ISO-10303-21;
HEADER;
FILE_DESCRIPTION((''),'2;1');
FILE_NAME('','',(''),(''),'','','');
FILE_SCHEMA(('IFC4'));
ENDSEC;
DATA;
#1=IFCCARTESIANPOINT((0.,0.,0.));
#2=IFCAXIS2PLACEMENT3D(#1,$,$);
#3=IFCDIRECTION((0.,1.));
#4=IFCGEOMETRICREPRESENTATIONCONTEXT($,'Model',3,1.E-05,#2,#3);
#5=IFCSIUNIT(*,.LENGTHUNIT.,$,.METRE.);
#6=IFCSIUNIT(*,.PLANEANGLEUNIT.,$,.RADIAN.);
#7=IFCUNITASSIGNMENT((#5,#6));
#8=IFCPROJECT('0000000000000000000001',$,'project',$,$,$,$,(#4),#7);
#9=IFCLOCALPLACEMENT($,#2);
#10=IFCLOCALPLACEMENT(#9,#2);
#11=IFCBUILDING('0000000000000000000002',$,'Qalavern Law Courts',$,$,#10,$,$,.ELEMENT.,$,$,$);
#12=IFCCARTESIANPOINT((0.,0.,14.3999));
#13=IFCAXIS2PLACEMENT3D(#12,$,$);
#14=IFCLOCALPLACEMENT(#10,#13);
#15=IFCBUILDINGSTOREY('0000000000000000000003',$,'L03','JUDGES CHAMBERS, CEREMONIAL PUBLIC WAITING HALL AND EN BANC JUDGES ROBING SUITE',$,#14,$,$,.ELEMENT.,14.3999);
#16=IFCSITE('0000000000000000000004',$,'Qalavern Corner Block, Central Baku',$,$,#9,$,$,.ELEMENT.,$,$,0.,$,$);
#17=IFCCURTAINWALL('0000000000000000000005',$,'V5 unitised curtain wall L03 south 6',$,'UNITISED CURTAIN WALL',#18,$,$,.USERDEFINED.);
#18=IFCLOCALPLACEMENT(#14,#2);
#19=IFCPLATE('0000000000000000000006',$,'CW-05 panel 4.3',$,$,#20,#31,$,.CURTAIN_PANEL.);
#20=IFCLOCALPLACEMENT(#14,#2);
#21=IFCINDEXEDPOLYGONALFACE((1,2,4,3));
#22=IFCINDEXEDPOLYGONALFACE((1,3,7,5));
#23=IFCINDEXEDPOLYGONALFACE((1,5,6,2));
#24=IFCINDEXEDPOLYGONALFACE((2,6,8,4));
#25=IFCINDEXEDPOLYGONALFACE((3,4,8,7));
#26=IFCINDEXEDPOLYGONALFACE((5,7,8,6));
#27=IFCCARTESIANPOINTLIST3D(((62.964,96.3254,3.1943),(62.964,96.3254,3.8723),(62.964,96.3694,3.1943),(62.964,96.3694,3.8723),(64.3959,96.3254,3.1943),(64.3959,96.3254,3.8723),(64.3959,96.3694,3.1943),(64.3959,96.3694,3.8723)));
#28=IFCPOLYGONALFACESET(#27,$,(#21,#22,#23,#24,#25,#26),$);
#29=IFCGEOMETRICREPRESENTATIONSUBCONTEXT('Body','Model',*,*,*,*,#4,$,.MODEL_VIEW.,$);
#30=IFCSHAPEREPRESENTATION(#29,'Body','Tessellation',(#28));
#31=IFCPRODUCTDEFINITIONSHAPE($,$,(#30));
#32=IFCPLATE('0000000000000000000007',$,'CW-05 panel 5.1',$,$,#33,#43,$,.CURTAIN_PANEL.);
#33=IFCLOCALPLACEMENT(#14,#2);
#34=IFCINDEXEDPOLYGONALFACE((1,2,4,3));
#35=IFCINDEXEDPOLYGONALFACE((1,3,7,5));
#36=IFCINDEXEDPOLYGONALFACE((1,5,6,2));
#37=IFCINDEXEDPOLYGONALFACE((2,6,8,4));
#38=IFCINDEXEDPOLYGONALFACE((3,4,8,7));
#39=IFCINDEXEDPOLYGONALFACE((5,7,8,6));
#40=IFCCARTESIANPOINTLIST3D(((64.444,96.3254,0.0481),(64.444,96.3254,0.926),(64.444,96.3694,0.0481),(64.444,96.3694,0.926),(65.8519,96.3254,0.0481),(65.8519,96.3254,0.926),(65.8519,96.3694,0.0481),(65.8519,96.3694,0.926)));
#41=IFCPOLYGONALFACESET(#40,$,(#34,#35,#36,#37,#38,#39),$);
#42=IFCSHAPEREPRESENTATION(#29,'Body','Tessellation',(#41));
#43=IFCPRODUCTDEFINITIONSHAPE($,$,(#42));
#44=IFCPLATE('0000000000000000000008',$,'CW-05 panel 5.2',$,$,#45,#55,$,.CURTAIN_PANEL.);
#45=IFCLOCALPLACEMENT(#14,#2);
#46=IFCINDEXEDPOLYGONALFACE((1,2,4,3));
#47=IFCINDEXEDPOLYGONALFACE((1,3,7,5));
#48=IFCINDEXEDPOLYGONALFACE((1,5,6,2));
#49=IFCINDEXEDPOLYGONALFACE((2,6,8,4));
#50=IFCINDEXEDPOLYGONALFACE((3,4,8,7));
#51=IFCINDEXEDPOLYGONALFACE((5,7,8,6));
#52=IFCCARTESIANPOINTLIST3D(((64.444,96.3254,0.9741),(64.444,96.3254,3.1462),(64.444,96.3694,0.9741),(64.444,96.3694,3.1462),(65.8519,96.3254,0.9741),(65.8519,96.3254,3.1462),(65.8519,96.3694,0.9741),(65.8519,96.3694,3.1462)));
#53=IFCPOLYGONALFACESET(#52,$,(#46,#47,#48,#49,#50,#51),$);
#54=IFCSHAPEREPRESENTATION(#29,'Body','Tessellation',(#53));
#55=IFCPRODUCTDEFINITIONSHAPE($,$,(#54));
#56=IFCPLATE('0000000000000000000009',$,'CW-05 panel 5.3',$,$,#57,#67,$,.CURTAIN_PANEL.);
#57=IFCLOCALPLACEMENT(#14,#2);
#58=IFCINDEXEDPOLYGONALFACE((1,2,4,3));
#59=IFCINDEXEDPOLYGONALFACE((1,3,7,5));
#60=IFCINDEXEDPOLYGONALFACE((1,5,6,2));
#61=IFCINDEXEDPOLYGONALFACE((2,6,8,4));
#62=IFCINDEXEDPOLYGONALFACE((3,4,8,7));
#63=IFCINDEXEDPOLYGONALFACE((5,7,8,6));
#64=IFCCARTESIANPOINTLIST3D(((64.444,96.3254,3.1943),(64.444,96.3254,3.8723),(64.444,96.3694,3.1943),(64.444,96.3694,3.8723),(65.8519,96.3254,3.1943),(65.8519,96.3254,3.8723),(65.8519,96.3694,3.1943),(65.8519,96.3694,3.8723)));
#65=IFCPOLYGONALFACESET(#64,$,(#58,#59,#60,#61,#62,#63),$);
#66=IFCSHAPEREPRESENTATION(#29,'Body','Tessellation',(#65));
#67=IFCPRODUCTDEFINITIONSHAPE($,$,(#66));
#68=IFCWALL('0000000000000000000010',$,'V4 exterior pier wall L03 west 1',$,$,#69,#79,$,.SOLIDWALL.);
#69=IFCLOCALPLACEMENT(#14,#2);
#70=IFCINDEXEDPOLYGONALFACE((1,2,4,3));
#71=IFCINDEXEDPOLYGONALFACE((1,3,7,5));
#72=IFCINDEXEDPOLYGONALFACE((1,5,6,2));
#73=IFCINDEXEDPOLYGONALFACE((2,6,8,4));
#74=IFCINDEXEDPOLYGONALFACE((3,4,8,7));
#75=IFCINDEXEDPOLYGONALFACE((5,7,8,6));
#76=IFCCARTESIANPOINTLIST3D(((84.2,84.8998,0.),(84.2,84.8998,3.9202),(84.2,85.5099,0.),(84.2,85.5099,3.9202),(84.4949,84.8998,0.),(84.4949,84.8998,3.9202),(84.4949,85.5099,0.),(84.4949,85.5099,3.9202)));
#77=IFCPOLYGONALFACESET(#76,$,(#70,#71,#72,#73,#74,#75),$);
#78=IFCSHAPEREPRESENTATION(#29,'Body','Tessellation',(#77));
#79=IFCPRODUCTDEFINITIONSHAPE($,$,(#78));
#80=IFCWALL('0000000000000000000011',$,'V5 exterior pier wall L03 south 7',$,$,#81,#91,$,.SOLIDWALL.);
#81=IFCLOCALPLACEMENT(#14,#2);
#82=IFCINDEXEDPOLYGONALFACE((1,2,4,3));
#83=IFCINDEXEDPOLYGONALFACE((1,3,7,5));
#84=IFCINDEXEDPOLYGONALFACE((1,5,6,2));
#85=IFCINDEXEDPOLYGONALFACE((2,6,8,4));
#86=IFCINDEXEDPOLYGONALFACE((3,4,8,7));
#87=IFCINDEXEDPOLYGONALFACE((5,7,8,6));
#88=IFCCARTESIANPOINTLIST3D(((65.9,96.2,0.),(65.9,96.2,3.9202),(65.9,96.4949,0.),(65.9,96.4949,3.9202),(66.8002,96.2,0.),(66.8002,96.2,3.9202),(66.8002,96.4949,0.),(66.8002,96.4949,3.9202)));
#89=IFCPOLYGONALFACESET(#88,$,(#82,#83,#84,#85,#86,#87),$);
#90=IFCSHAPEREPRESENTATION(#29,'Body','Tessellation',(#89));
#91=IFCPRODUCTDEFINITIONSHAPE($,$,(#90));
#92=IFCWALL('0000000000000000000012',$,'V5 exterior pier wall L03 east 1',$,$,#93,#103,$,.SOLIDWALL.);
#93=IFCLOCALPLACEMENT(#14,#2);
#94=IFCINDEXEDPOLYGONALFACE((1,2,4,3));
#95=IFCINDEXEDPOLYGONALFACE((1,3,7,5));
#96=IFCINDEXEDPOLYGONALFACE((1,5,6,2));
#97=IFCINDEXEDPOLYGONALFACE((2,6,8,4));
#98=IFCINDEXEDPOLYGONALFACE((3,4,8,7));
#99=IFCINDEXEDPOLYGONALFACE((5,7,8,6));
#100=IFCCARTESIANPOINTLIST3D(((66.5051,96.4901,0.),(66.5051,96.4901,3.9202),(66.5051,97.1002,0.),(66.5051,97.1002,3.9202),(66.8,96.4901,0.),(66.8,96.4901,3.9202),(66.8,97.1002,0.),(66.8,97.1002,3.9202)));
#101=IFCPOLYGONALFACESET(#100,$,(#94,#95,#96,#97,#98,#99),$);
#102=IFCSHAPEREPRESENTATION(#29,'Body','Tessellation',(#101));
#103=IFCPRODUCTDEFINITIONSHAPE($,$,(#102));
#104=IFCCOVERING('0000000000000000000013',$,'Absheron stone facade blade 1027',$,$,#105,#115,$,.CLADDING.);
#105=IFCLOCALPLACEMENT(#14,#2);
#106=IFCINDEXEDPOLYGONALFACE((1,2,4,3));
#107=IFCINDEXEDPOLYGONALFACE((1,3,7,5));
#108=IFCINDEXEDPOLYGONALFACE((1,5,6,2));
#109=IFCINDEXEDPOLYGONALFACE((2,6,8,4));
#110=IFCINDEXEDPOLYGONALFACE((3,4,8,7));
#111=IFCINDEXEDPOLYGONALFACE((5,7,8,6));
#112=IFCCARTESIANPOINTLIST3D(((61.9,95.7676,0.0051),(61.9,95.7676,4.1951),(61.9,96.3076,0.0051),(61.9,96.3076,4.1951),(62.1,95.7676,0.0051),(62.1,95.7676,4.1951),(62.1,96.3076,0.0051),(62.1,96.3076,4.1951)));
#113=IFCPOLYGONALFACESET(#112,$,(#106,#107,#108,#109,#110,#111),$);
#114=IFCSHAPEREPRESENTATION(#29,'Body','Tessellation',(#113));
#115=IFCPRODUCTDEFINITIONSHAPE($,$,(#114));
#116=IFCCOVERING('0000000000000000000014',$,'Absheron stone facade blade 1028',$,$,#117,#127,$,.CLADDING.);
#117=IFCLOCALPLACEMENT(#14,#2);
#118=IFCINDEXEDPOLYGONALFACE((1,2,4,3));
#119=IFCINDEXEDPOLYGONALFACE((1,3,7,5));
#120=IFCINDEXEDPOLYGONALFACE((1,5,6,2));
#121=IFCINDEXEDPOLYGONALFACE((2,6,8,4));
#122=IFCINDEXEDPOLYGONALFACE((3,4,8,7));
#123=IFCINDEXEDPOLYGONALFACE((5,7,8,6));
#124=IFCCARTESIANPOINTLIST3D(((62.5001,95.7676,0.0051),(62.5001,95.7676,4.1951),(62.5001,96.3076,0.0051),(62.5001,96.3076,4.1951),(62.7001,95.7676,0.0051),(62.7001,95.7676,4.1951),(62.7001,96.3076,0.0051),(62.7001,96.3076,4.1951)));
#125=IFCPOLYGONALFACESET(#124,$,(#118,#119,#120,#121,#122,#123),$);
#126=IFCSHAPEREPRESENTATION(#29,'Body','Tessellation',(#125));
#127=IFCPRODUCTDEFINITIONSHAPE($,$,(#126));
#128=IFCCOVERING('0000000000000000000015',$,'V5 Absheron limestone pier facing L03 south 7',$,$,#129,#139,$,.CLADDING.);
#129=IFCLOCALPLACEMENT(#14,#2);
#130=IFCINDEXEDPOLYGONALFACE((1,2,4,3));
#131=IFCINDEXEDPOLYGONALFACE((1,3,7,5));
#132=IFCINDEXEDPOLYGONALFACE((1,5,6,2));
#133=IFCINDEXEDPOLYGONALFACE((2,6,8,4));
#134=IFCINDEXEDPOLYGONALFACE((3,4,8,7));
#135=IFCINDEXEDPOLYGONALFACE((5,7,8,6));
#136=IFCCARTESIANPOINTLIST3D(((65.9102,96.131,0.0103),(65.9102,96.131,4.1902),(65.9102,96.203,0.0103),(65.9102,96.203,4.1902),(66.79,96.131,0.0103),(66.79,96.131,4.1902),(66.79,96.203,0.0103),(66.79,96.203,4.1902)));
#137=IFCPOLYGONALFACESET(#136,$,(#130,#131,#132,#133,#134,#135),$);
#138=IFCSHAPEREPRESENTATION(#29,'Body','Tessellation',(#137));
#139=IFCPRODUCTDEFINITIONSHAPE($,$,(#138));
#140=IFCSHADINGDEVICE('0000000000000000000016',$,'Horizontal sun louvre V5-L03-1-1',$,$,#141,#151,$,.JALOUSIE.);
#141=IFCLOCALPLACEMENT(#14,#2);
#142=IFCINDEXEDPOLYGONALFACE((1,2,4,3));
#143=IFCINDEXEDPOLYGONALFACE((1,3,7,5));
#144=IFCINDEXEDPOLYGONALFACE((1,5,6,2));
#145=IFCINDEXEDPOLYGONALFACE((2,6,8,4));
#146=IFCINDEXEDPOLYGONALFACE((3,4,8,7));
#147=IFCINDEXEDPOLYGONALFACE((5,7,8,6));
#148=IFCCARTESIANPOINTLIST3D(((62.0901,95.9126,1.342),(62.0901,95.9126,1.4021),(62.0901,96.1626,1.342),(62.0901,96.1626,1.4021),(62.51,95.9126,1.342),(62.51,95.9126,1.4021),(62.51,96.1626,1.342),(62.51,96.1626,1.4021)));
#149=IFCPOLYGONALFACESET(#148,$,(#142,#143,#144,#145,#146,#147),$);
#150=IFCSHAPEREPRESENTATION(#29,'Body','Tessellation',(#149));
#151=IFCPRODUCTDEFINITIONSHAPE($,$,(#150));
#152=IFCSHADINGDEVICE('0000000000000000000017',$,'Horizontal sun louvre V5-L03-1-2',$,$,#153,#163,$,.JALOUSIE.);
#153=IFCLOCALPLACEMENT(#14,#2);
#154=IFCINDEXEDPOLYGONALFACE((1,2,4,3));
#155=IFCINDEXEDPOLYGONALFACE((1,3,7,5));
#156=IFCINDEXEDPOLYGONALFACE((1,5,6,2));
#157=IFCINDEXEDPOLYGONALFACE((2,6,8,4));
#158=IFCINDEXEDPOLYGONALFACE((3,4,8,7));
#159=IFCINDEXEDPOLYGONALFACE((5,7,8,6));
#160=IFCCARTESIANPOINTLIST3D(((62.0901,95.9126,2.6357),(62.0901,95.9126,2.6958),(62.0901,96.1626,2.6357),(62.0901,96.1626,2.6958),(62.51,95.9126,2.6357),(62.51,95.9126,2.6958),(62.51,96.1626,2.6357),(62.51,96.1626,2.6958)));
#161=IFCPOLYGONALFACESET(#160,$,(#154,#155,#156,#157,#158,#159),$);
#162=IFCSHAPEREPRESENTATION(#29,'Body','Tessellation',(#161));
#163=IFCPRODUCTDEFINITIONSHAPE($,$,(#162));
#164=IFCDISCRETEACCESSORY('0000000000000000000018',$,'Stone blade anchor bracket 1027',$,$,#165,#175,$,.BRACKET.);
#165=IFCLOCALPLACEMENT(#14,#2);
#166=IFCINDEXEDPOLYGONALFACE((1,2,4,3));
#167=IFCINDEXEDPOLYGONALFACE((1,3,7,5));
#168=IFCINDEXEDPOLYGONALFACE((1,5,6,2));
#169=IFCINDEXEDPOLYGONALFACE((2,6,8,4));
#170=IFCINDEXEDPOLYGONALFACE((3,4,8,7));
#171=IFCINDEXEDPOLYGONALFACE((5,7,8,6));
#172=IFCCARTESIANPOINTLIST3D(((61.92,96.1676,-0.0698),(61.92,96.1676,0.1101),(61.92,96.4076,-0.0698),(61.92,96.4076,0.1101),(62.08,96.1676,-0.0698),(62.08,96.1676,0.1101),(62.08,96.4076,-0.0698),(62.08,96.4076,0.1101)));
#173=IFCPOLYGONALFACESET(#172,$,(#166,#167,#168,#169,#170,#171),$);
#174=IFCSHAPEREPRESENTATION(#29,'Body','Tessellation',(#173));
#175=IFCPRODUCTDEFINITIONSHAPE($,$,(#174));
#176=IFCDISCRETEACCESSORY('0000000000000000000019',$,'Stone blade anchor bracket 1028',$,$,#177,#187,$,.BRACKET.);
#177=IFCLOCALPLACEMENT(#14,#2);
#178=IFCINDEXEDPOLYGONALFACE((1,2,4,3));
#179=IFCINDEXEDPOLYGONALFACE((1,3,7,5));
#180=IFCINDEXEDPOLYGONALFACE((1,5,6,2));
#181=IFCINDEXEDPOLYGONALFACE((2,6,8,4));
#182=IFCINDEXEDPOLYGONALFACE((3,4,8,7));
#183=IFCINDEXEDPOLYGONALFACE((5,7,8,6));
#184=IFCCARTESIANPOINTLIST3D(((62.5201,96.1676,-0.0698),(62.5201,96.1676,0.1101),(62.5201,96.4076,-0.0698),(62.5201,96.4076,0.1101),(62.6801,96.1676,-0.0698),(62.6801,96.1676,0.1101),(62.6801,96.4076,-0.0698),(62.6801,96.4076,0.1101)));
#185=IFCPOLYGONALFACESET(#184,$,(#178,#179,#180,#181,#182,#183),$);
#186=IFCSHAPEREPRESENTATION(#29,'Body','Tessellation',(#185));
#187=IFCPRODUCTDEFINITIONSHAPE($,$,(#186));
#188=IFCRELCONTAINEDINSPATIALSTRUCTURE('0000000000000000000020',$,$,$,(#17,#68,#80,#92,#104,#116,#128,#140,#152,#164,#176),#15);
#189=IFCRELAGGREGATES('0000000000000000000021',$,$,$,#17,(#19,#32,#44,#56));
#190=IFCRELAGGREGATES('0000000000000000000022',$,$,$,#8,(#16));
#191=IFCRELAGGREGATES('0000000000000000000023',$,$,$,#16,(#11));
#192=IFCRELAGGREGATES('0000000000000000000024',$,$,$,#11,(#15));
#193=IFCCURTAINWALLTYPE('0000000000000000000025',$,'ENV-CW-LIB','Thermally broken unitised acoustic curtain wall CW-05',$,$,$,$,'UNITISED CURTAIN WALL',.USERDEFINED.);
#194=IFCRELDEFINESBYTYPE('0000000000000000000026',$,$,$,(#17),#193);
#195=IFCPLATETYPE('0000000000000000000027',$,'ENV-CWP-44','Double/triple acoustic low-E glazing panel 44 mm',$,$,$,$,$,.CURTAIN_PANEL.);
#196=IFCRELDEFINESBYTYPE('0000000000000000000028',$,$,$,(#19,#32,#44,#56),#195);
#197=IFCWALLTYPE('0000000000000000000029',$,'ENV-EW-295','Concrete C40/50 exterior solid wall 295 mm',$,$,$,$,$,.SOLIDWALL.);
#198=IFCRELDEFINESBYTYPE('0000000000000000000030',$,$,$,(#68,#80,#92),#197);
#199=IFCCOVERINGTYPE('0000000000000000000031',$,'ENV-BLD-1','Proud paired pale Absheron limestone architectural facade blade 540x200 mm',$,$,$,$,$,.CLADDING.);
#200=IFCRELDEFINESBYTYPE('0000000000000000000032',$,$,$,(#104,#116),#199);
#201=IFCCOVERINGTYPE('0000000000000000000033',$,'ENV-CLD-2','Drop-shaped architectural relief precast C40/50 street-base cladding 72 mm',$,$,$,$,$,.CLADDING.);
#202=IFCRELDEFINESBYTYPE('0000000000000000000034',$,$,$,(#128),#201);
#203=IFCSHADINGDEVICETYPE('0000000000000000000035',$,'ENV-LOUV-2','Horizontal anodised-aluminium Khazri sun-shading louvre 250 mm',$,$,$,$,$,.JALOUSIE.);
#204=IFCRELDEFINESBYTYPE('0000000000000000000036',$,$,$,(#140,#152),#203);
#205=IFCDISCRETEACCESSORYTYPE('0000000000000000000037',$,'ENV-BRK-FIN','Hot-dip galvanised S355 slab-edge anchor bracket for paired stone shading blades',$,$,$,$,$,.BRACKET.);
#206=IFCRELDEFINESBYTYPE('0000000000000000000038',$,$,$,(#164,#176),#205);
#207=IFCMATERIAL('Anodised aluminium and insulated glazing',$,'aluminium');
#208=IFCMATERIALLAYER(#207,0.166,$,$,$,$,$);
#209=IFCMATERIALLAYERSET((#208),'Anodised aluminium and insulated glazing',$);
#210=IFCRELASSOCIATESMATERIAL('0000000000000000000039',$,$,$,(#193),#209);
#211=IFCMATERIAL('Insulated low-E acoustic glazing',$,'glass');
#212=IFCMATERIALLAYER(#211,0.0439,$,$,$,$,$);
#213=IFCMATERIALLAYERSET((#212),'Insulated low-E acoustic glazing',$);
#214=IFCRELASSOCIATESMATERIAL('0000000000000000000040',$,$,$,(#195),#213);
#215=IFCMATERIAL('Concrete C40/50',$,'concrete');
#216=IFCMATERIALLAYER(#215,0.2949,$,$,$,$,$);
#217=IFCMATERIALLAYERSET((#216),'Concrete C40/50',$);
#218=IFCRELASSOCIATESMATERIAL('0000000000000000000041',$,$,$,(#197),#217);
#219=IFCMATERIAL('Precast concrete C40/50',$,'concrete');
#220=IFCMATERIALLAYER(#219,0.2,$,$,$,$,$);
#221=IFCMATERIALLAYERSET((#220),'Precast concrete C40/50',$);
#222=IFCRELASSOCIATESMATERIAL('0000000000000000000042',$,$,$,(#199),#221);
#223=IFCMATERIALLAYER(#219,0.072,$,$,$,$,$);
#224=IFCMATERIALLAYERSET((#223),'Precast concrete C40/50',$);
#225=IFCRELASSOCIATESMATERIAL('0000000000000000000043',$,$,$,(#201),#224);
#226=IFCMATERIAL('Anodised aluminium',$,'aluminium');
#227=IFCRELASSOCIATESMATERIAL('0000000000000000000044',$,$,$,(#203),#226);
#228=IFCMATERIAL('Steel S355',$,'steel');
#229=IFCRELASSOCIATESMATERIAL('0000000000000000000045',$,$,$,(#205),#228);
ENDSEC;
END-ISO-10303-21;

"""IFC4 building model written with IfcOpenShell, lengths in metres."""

from ifc_helpers import new_model, si_unit, direction, frame, frame_2d, origin, origin_2d, place, context, subcontext, project, spatial, rectangle, extrude, material, layer, layer_set, type_object, element, aggregate, save


model = new_model("IFC4")

# Units and contexts
model_context = context("Model", 3, precision=1e-05, world=origin(), true_north=direction((0.0, 1.0)))
body_context = subcontext(model_context, "Body", "Model", "MODEL_VIEW")
ifc_project = project(units=[si_unit("LENGTHUNIT", "METRE"), si_unit("PLANEANGLEUNIT", "RADIAN")], contexts=[model_context])

# Site, building, storey
site_placement = place(None, origin())
site = spatial("IfcSite", under=ifc_project, at=site_placement, Name="Qalavern Corner Block, Central Baku", CompositionType="ELEMENT", RefElevation=0.0)
building_placement = place(site_placement, origin())
building = spatial("IfcBuilding", under=site, at=building_placement, Name="Qalavern Law Courts", CompositionType="ELEMENT")
storey_placement = place(building_placement, frame((0.0, 0.0, 14.3999)))
storey = spatial("IfcBuildingStorey", under=building, at=storey_placement, Name="L03", Description="JUDGES CHAMBERS, CEREMONIAL PUBLIC WAITING HALL AND EN BANC JUDGES ROBING SUITE", CompositionType="ELEMENT", Elevation=14.3999)

# Curtain wall, plates
ifc_material_1 = material(Name="Anodised aluminium and insulated glazing", Category="aluminium")
ifc_layer_1 = layer(ifc_material_1, 0.166)
ifc_layer_set_1 = layer_set([ifc_layer_1], Name="Anodised aluminium and insulated glazing")
curtain_wall_type = type_object("IfcCurtainWallType", Name="ENV-CW-LIB", Description="Thermally broken unitised acoustic curtain wall CW-05", ElementType="UNITISED CURTAIN WALL", PredefinedType="USERDEFINED", material=ifc_layer_set_1)
curtain_wall_placement = place(storey_placement, origin())
curtain_wall = element("IfcCurtainWall", 1, at=curtain_wall_placement, inside=storey, type_object=curtain_wall_type, Name="V5 unitised curtain wall L03 south 6", ObjectType="UNITISED CURTAIN WALL", PredefinedType="USERDEFINED")
ifc_material_2 = material(Name="Anodised aluminium", Category="aluminium")
ifc_material_3 = material(Name="Insulated low-E acoustic glazing", Category="glass")
ifc_layer_2 = layer(ifc_material_3, 0.0439)
ifc_layer_set_2 = layer_set([ifc_layer_2], Name="Insulated low-E acoustic glazing")
plate_type = type_object("IfcPlateType", Name="ENV-CWP-44", Description="Double/triple acoustic low-E glazing panel 44 mm", PredefinedType="CURTAIN_PANEL", material=ifc_layer_set_2)
plate_1_placement = place(storey_placement, frame((63.6799, 96.3474, 3.1943), z_axis=(0.0, 0.0, 1.0), x_axis=(1.0, 0.0, 0.0)))
plate_1 = element("IfcPlate", 2, at=plate_1_placement, type_object=plate_type, Name="CW-05 panel 4.3", PredefinedType="CURTAIN_PANEL", context=body_context, shape_type="SweptSolid", body=[
    extrude(rectangle(XDim=1.4319, YDim=0.0439, at=origin_2d()), origin(), (0.0, 0.0, 1.0), 0.678),
])
plate_2_placement = place(storey_placement, frame((65.1479, 96.3474, 0.0481), z_axis=(0.0, 0.0, 1.0), x_axis=(1.0, 0.0, 0.0)))
plate_2 = element("IfcPlate", 3, at=plate_2_placement, type_object=plate_type, Name="CW-05 panel 5.1", PredefinedType="CURTAIN_PANEL", context=body_context, shape_type="SweptSolid", body=[
    extrude(rectangle(XDim=1.408, YDim=0.0439, at=origin_2d()), origin(), (0.0, 0.0, 1.0), 0.8779),
])
plate_3_placement = place(storey_placement, frame((65.1479, 96.3474, 0.9741), z_axis=(0.0, 0.0, 1.0), x_axis=(1.0, 0.0, 0.0)))
plate_3 = element("IfcPlate", 4, at=plate_3_placement, type_object=plate_type, Name="CW-05 panel 5.2", PredefinedType="CURTAIN_PANEL", context=body_context, shape_type="SweptSolid", body=[
    extrude(rectangle(XDim=1.408, YDim=0.0439, at=origin_2d()), origin(), (0.0, 0.0, 1.0), 2.1721),
])
plate_4_placement = place(storey_placement, frame((65.1479, 96.3474, 3.1943), z_axis=(0.0, 0.0, 1.0), x_axis=(1.0, 0.0, 0.0)))
plate_4 = element("IfcPlate", 5, at=plate_4_placement, type_object=plate_type, Name="CW-05 panel 5.3", PredefinedType="CURTAIN_PANEL", context=body_context, shape_type="SweptSolid", body=[
    extrude(rectangle(XDim=1.408, YDim=0.0439, at=origin_2d()), origin(), (0.0, 0.0, 1.0), 0.678),
])
aggregate(curtain_wall, [plate_1, plate_2, plate_3, plate_4])

# Walls
ifc_material_4 = material(Name="Concrete C40/50", Category="concrete")
ifc_layer_3 = layer(ifc_material_4, 0.2949)
ifc_layer_set_3 = layer_set([ifc_layer_3], Name="Concrete C40/50")
wall_type = type_object("IfcWallType", Name="ENV-EW-295", Description="Concrete C40/50 exterior solid wall 295 mm", PredefinedType="SOLIDWALL", material=ifc_layer_set_3)
wall_1_placement = place(storey_placement, frame((84.3474, 85.51, 0.0), z_axis=(0.0, 0.0, 1.0), x_axis=(0.0, -1.0, 0.0)))
element("IfcWall", 6, at=wall_1_placement, inside=storey, type_object=wall_type, Name="V4 exterior pier wall L03 west 1", PredefinedType="SOLIDWALL", context=body_context, shape_type="SweptSolid", body=[
    extrude(rectangle(XDim=0.6101, YDim=0.2949, at=frame_2d((0.3052, 0.0))), origin(), (0.0, 0.0, 1.0), 3.9202),
])
wall_2_placement = place(storey_placement, frame((65.8999, 96.3474, 0.0), z_axis=(0.0, 0.0, 1.0), x_axis=(1.0, 0.0, 0.0)))
element("IfcWall", 7, at=wall_2_placement, inside=storey, type_object=wall_type, Name="V5 exterior pier wall L03 south 7", PredefinedType="SOLIDWALL", context=body_context, shape_type="SweptSolid", body=[
    extrude(rectangle(XDim=0.9001, YDim=0.2949, at=frame_2d((0.4502, 0.0))), origin(), (0.0, 0.0, 1.0), 3.9202),
])
wall_3_placement = place(storey_placement, frame((66.6526, 96.49, 0.0), z_axis=(0.0, 0.0, 1.0), x_axis=(0.0, 1.0, 0.0)))
element("IfcWall", 8, at=wall_3_placement, inside=storey, type_object=wall_type, Name="V5 exterior pier wall L03 east 1", PredefinedType="SOLIDWALL", context=body_context, shape_type="SweptSolid", body=[
    extrude(rectangle(XDim=0.6101, YDim=0.2949, at=frame_2d((0.3052, 0.0))), origin(), (0.0, 0.0, 1.0), 3.9202),
])

# Coverings
ifc_material_5 = material(Name="Precast concrete C40/50", Category="concrete")
ifc_layer_4 = layer(ifc_material_5, 0.2)
ifc_layer_set_4 = layer_set([ifc_layer_4], Name="Precast concrete C40/50")
covering_type_1 = type_object("IfcCoveringType", Name="ENV-BLD-1", Description="Proud paired pale Absheron limestone architectural facade blade 540x200 mm", PredefinedType="CLADDING", material=ifc_layer_set_4)
for number, where, z_axis, x_axis, name in (
    (9, (62.0, 96.0376, 0.0051), (0.0, 0.0, 1.0), (0.0, -1.0, 0.0), "Absheron stone facade blade 1027"),
    (10, (62.6001, 96.0376, 0.0051), (0.0, 0.0, 1.0), (0.0, -1.0, 0.0), "Absheron stone facade blade 1028"),
):
    element("IfcCovering", number, at=place(storey_placement, frame(where, z_axis=z_axis, x_axis=x_axis)), inside=storey, type_object=covering_type_1, Name=name, PredefinedType="CLADDING", context=body_context, shape_type="SweptSolid", body=[
        extrude(rectangle(XDim=0.54, YDim=0.2, at=origin_2d()), origin(), (0.0, 0.0, 1.0), 4.1899),
    ])
ifc_layer_5 = layer(ifc_material_5, 0.072)
ifc_layer_set_5 = layer_set([ifc_layer_5], Name="Precast concrete C40/50")
covering_type_2 = type_object("IfcCoveringType", Name="ENV-CLD-2", Description="Drop-shaped architectural relief precast C40/50 street-base cladding 72 mm", PredefinedType="CLADDING", material=ifc_layer_set_5)
covering_placement = place(storey_placement, frame((66.3501, 96.167, 0.0103), z_axis=(0.0, 0.0, 1.0), x_axis=(1.0, 0.0, 0.0)))
element("IfcCovering", 11, at=covering_placement, inside=storey, type_object=covering_type_2, Name="V5 Absheron limestone pier facing L03 south 7", PredefinedType="CLADDING", context=body_context, shape_type="SweptSolid", body=[
    extrude(rectangle(XDim=0.8799, YDim=0.072, at=origin_2d()), origin(), (0.0, 0.0, 1.0), 4.1799),
])

# Shading devices
shading_device_type = type_object("IfcShadingDeviceType", Name="ENV-LOUV-2", Description="Horizontal anodised-aluminium Khazri sun-shading louvre 250 mm", PredefinedType="JALOUSIE", material=ifc_material_2)
for number, where, z_axis, x_axis, name in (
    (12, (62.3, 96.0376, 1.342), (0.0, 0.0, 1.0), (1.0, 0.0, 0.0), "Horizontal sun louvre V5-L03-1-1"),
    (13, (62.3, 96.0376, 2.6357), (0.0, 0.0, 1.0), (1.0, 0.0, 0.0), "Horizontal sun louvre V5-L03-1-2"),
):
    element("IfcShadingDevice", number, at=place(storey_placement, frame(where, z_axis=z_axis, x_axis=x_axis)), inside=storey, type_object=shading_device_type, Name=name, PredefinedType="JALOUSIE", context=body_context, shape_type="SweptSolid", body=[
        extrude(rectangle(XDim=0.4199, YDim=0.25, at=origin_2d()), origin(), (0.0, 0.0, 1.0), 0.0601),
    ])

# Discrete accessories
ifc_material_6 = material(Name="Steel S355", Category="steel")
discrete_accessory_type = type_object("IfcDiscreteAccessoryType", Name="ENV-BRK-FIN", Description="Hot-dip galvanised S355 slab-edge anchor bracket for paired stone shading blades", PredefinedType="BRACKET", material=ifc_material_6)
for number, where, z_axis, x_axis, name in (
    (14, (62.0, 96.2876, -0.0698), (0.0, 0.0, 1.0), (0.0, -1.0, 0.0), "Stone blade anchor bracket 1027"),
    (15, (62.6001, 96.2876, -0.0698), (0.0, 0.0, 1.0), (0.0, -1.0, 0.0), "Stone blade anchor bracket 1028"),
):
    element("IfcDiscreteAccessory", number, at=place(storey_placement, frame(where, z_axis=z_axis, x_axis=x_axis)), inside=storey, type_object=discrete_accessory_type, Name=name, PredefinedType="BRACKET", context=body_context, shape_type="SweptSolid", body=[
        extrude(rectangle(XDim=0.24, YDim=0.1599, at=origin_2d()), origin(), (0.0, 0.0, 1.0), 0.1799),
    ])

save(model, "model.ifc")
